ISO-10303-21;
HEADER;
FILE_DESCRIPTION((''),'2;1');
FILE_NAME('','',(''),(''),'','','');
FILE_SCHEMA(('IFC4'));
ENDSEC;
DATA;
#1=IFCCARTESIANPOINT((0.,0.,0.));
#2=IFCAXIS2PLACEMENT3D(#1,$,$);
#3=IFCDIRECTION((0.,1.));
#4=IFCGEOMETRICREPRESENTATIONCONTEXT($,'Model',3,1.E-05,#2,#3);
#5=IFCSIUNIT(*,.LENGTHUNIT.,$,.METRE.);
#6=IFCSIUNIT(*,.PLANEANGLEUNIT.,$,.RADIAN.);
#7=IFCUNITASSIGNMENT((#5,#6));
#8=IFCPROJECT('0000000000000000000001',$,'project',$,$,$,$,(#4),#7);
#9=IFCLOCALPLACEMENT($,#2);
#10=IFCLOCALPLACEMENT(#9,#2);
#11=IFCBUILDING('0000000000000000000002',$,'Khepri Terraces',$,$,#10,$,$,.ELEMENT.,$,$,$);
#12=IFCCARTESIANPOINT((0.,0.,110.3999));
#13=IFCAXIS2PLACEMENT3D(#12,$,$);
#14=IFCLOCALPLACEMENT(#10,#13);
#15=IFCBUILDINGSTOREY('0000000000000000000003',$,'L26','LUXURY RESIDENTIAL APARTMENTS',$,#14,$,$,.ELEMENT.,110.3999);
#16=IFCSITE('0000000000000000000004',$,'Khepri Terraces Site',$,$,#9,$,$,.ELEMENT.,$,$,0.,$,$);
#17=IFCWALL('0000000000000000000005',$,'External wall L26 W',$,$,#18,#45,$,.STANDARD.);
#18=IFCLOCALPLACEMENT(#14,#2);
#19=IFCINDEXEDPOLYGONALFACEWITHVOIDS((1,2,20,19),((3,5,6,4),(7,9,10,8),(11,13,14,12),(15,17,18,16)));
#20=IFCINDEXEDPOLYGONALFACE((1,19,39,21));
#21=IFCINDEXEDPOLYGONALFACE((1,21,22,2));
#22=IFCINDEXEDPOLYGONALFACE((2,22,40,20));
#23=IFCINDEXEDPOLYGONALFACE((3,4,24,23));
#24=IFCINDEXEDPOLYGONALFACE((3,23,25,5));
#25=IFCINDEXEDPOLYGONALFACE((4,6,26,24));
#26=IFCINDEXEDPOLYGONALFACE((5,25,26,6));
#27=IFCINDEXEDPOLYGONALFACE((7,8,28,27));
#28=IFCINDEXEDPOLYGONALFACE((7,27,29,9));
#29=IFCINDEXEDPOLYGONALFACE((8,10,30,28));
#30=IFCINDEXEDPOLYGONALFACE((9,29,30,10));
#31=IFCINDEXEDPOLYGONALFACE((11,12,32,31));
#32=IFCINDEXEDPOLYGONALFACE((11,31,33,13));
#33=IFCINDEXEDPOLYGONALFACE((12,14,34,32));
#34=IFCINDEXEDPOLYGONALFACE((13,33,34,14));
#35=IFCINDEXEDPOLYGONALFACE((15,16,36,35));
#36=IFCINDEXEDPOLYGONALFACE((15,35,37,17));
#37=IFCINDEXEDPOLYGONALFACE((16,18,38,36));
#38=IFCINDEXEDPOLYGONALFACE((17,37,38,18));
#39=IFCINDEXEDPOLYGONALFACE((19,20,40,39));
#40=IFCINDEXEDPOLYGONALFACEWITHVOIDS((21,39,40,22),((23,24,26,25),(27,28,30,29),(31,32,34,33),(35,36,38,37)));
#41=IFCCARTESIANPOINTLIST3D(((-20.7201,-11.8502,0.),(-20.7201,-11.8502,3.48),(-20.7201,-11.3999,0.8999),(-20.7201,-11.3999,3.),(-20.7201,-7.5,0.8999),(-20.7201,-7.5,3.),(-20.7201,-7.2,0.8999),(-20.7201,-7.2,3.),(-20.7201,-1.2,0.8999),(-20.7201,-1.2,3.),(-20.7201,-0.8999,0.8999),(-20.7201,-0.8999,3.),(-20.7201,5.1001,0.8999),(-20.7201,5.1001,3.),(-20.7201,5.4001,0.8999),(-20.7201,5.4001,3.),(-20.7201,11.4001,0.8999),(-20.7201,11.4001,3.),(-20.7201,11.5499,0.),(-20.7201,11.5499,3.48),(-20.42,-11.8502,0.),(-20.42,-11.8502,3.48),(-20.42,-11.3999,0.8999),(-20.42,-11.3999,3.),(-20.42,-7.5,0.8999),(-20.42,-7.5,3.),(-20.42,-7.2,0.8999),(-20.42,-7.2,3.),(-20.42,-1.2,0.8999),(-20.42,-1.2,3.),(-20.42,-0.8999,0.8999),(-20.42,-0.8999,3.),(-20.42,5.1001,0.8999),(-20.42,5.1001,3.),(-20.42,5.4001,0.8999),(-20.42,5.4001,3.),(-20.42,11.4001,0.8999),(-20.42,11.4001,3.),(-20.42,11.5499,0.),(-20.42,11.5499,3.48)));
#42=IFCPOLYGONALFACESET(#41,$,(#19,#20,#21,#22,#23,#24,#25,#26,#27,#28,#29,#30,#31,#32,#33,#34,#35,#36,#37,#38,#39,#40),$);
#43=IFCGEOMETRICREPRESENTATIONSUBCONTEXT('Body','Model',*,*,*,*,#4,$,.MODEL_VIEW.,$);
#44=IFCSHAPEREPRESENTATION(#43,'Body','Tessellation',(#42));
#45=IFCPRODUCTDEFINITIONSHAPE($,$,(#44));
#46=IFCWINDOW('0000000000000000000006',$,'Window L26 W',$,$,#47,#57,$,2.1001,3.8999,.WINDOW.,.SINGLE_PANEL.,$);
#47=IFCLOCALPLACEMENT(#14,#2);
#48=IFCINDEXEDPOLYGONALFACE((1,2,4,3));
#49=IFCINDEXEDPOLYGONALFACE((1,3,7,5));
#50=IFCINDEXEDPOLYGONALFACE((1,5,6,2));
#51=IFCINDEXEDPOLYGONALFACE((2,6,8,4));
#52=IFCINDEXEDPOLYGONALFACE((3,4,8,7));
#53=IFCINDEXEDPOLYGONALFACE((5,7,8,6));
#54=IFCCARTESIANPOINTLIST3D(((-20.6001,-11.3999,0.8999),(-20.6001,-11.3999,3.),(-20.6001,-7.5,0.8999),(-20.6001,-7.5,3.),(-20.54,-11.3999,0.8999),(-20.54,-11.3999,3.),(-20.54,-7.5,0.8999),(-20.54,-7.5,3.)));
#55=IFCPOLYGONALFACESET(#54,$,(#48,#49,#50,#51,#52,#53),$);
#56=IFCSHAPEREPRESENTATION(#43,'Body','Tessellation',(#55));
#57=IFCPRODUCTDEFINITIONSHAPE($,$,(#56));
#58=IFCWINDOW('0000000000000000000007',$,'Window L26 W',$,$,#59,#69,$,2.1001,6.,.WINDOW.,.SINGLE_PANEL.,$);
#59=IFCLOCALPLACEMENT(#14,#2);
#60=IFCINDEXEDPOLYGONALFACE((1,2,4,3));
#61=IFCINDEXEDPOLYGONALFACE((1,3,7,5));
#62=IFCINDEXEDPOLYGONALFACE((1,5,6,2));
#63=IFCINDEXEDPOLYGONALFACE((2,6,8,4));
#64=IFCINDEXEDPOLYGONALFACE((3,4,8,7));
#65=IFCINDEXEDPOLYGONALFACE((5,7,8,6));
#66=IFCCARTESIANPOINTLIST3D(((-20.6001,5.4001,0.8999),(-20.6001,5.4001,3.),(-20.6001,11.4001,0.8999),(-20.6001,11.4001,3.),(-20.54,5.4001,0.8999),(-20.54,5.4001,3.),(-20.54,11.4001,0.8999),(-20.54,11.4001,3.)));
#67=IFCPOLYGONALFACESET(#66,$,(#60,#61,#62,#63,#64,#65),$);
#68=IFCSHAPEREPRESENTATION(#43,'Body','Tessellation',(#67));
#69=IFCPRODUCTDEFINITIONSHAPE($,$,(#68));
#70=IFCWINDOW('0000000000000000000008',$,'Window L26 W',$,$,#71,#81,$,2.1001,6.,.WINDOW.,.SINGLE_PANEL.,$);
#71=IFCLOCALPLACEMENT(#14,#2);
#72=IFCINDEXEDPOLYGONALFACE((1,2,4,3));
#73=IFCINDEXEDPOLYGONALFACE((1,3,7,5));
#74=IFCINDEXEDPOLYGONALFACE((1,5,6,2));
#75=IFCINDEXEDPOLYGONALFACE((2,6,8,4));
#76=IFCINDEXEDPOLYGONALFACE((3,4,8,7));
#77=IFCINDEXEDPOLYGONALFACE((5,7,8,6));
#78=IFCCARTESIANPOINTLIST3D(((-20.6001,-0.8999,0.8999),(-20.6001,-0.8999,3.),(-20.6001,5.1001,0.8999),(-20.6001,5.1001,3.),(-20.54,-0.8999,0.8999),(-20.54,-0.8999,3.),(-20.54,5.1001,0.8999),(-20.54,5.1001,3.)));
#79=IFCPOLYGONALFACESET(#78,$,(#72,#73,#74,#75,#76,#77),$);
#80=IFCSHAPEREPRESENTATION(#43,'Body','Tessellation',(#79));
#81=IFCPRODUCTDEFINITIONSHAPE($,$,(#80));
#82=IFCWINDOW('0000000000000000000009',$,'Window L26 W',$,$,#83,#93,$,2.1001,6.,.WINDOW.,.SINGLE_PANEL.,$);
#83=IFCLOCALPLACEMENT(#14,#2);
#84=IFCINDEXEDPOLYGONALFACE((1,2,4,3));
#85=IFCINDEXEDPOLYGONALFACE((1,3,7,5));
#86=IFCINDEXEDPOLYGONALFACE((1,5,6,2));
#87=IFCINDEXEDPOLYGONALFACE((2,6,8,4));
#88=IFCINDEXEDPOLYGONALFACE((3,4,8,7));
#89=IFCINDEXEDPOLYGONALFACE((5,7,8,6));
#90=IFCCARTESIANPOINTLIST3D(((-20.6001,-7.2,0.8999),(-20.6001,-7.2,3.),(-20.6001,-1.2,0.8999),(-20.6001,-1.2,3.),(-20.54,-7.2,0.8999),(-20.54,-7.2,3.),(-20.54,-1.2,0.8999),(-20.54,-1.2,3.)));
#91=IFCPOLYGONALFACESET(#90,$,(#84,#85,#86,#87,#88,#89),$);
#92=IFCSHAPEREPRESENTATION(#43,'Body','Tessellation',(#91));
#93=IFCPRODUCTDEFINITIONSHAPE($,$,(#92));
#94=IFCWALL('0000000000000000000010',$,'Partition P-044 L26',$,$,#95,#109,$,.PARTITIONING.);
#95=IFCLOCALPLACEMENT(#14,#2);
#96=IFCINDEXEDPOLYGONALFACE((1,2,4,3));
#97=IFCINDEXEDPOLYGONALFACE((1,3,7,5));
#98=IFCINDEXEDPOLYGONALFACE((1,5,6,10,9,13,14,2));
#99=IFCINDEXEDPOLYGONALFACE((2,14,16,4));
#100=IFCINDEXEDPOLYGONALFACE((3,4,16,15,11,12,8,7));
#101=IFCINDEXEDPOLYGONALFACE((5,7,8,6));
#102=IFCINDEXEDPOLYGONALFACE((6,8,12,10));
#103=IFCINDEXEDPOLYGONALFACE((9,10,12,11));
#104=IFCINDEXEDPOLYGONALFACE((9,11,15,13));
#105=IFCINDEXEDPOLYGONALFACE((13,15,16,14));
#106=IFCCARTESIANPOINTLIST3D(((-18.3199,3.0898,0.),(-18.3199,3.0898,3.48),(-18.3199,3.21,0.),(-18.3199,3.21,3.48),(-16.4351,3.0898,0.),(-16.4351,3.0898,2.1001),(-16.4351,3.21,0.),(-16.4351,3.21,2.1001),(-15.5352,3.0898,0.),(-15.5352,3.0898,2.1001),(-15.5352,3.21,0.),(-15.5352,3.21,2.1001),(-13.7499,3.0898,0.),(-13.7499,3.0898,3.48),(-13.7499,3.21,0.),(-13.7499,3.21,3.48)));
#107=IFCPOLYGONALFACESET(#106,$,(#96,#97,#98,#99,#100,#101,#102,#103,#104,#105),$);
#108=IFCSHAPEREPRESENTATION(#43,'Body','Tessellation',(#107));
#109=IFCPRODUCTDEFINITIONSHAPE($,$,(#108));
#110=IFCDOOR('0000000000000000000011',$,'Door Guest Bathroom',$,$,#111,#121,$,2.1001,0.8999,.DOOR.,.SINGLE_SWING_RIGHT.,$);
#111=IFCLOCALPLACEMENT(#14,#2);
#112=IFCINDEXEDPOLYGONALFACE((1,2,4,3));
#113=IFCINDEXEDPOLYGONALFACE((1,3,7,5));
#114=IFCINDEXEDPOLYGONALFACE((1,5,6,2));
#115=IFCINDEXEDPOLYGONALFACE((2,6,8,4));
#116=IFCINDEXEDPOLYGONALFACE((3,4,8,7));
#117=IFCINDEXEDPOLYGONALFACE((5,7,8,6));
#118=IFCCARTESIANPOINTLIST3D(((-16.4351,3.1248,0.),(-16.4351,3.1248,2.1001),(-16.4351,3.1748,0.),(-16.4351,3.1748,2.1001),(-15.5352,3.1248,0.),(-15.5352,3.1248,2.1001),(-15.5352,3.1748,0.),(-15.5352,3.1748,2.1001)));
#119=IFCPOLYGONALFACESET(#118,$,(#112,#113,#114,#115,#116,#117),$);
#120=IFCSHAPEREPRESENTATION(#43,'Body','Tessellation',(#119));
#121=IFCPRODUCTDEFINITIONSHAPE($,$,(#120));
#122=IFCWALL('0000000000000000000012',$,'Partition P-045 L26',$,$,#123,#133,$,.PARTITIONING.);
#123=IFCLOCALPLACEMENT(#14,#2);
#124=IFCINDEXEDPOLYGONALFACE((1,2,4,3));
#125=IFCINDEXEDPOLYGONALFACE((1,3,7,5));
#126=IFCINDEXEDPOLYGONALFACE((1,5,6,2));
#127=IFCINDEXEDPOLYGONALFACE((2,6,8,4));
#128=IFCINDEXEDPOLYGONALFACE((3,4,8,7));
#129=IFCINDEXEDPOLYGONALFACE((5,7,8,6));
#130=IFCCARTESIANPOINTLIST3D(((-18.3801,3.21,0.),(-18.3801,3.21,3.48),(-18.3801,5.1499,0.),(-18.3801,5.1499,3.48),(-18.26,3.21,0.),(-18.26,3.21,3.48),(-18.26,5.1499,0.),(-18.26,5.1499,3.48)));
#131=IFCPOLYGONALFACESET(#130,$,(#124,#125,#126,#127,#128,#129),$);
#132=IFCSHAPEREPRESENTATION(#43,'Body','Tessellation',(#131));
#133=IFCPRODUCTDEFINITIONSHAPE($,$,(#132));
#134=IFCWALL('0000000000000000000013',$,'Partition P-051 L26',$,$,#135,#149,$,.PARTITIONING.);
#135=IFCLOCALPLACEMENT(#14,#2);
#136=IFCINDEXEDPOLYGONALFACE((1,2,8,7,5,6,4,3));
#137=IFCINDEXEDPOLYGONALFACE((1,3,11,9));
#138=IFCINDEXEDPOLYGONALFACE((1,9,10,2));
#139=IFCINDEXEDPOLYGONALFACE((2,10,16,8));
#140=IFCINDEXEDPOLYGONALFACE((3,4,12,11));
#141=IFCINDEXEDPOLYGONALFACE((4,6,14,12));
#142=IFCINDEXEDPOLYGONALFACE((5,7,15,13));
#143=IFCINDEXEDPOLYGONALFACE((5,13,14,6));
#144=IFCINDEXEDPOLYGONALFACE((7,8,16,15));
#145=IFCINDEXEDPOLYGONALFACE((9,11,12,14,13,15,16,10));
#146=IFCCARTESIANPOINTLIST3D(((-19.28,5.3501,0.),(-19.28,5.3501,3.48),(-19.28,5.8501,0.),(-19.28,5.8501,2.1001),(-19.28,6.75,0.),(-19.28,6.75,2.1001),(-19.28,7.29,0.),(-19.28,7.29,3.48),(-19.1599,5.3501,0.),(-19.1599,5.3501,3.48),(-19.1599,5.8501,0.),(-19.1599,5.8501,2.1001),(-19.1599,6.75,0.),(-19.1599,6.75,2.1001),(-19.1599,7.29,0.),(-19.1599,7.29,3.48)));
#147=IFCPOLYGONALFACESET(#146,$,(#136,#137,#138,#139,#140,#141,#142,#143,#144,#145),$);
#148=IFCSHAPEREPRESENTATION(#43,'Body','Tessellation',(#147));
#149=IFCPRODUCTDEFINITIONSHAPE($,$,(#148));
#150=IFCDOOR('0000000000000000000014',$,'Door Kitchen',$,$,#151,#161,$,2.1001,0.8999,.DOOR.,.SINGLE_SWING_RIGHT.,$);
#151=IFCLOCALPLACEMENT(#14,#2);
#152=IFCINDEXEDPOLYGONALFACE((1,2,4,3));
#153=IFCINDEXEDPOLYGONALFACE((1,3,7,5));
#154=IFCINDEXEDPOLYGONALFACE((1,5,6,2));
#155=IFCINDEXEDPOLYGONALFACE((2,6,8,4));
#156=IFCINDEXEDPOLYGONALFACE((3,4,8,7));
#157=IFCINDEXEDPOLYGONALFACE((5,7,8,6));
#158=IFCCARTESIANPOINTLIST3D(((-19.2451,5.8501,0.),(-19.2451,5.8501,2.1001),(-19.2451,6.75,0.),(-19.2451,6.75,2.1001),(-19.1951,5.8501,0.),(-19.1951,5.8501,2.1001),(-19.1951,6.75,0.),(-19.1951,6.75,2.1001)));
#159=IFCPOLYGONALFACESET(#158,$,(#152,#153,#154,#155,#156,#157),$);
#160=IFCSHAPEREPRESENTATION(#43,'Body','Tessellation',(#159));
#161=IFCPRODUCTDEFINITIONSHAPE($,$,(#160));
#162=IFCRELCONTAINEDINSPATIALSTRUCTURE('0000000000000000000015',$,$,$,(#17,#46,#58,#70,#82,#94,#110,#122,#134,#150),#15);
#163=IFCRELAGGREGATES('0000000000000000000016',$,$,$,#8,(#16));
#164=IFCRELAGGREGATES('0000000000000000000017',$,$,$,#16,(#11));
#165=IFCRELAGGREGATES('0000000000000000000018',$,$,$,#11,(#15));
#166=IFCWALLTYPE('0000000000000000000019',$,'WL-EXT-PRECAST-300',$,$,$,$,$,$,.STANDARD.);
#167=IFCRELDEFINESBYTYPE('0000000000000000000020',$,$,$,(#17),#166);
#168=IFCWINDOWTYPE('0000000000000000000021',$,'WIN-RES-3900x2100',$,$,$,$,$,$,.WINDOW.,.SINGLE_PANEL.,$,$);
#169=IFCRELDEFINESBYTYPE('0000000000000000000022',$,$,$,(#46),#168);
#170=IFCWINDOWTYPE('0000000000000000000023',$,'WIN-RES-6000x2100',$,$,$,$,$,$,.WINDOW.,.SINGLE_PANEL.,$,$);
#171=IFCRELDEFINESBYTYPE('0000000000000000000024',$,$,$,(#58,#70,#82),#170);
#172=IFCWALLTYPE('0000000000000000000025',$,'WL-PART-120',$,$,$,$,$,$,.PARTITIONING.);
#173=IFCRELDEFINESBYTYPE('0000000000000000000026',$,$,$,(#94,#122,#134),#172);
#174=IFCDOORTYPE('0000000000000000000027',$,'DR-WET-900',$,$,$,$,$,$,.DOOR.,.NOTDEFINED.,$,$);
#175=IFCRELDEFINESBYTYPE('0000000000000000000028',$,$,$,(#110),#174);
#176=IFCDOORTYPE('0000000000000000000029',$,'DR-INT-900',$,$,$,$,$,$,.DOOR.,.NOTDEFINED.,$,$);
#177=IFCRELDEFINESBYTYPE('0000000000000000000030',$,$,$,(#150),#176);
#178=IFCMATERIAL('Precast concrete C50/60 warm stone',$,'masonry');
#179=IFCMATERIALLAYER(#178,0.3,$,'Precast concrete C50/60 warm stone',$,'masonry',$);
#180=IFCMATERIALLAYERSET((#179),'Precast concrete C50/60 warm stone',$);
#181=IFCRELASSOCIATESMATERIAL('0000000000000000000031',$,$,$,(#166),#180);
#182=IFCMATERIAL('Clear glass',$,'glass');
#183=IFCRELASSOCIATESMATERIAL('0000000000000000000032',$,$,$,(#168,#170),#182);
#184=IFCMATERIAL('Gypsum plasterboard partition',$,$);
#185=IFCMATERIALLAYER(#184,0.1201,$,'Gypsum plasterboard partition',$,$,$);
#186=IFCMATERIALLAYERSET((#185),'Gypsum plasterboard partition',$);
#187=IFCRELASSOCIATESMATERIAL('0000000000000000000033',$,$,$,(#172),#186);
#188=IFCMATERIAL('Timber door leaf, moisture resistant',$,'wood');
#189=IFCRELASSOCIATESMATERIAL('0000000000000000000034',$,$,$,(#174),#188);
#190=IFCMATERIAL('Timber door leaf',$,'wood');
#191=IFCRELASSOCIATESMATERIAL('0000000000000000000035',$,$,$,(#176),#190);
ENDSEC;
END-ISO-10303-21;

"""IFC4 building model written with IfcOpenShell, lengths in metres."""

from ifc_helpers import new_model, si_unit, direction, frame, frame_2d, origin, place, context, subcontext, project, spatial, rectangle, extrude, material, layer, layer_set, type_object, element, fill, save


model = new_model("IFC4")

# Units and contexts
model_context = context("Model", 3, precision=1e-05, world=origin(), true_north=direction((0.0, 1.0)))
body_context = subcontext(model_context, "Body", "Model", "MODEL_VIEW")
ifc_project = project(units=[si_unit("LENGTHUNIT", "METRE"), si_unit("PLANEANGLEUNIT", "RADIAN")], contexts=[model_context])

# Site, building, storey
site_placement = place(None, origin())
site = spatial("IfcSite", under=ifc_project, at=site_placement, Name="Khepri Terraces Site", CompositionType="ELEMENT", RefElevation=0.0)
building_placement = place(site_placement, origin())
building = spatial("IfcBuilding", under=site, at=building_placement, Name="Khepri Terraces", CompositionType="ELEMENT")
storey_placement = place(building_placement, frame((0.0, 0.0, 110.3999)))
storey = spatial("IfcBuildingStorey", under=building, at=storey_placement, Name="L26", Description="LUXURY RESIDENTIAL APARTMENTS", CompositionType="ELEMENT", Elevation=110.3999)

# Shared definitions
ifc_material_1 = material(Name="Precast concrete C50/60 warm stone", Category="masonry")
ifc_layer_1 = layer(ifc_material_1, 0.3, Name="Precast concrete C50/60 warm stone", Category="masonry")
ifc_layer_set_1 = layer_set([ifc_layer_1], Name="Precast concrete C50/60 warm stone")
wall_type_1 = type_object("IfcWallType", Name="WL-EXT-PRECAST-300", PredefinedType="STANDARD", material=ifc_layer_set_1)

# Wall, openings, windows
wall_1_placement = place(storey_placement, frame((-20.5701, 11.55, 0.0), z_axis=(0.0, 0.0, 1.0), x_axis=(0.0, -1.0, 0.0)))
wall_1 = element("IfcWall", 1, at=wall_1_placement, inside=storey, type_object=wall_type_1, Name="External wall L26 W", PredefinedType="STANDARD", context=body_context, shape_type="SweptSolid", body=[
    extrude(rectangle(XDim=23.4001, YDim=0.3, at=frame_2d((11.7002, 0.0))), origin(), (0.0, 0.0, 1.0), 3.48),
])
opening_1_placement = place(wall_1_placement, frame((0.1499, 0.0, 0.8999)))
opening_1 = element("IfcOpeningElement", 2, at=opening_1_placement, cuts=wall_1, PredefinedType="OPENING", context=body_context, shape_type="SweptSolid", body=[
    extrude(rectangle(XDim=6.0, YDim=2.1001, at=frame_2d((3.0, 1.05))), frame((0.0, 0.1602, 0.0), z_axis=(0.0, -1.0, 0.0), x_axis=(1.0, 0.0, 0.0)), (0.0, 0.0, 1.0), 0.3201),
])
opening_2_placement = place(wall_1_placement, frame((6.45, 0.0, 0.8999)))
opening_2 = element("IfcOpeningElement", 3, at=opening_2_placement, cuts=wall_1, PredefinedType="OPENING", context=body_context, shape_type="SweptSolid", body=[
    extrude(rectangle(XDim=6.0, YDim=2.1001, at=frame_2d((3.0, 1.05))), frame((0.0, 0.1602, 0.0), z_axis=(0.0, -1.0, 0.0), x_axis=(1.0, 0.0, 0.0)), (0.0, 0.0, 1.0), 0.3201),
])
opening_3_placement = place(wall_1_placement, frame((12.75, 0.0, 0.8999)))
opening_3 = element("IfcOpeningElement", 4, at=opening_3_placement, cuts=wall_1, PredefinedType="OPENING", context=body_context, shape_type="SweptSolid", body=[
    extrude(rectangle(XDim=6.0, YDim=2.1001, at=frame_2d((3.0, 1.05))), frame((0.0, 0.1602, 0.0), z_axis=(0.0, -1.0, 0.0), x_axis=(1.0, 0.0, 0.0)), (0.0, 0.0, 1.0), 0.3201),
])
opening_4_placement = place(wall_1_placement, frame((19.05, 0.0, 0.8999)))
opening_4 = element("IfcOpeningElement", 5, at=opening_4_placement, cuts=wall_1, PredefinedType="OPENING", context=body_context, shape_type="SweptSolid", body=[
    extrude(rectangle(XDim=3.8999, YDim=2.1001, at=frame_2d((1.95, 1.05))), frame((0.0, 0.1602, 0.0), z_axis=(0.0, -1.0, 0.0), x_axis=(1.0, 0.0, 0.0)), (0.0, 0.0, 1.0), 0.3201),
])
ifc_material_2 = material(Name="Clear glass", Category="glass")
window_type_1 = type_object("IfcWindowType", Name="WIN-RES-3900x2100", PartitioningType="SINGLE_PANEL", PredefinedType="WINDOW", material=ifc_material_2)
window_1_placement = place(opening_4_placement, origin())
window_1 = element("IfcWindow", 6, at=window_1_placement, inside=storey, type_object=window_type_1, Name="Window L26 W", OverallHeight=2.1001, OverallWidth=3.8999, PartitioningType="SINGLE_PANEL", PredefinedType="WINDOW", context=body_context, shape_type="SweptSolid", body=[
    extrude(rectangle(XDim=3.8999, YDim=2.1001, at=frame_2d((1.95, 1.05))), frame((0.0, 0.03, 0.0), z_axis=(0.0, -1.0, 0.0), x_axis=(1.0, 0.0, 0.0)), (0.0, 0.0, 1.0), 0.0601),
])
fill(opening_4, window_1)
window_type_2 = type_object("IfcWindowType", Name="WIN-RES-6000x2100", PartitioningType="SINGLE_PANEL", PredefinedType="WINDOW", material=ifc_material_2)
window_2_placement = place(opening_1_placement, origin())
window_2 = element("IfcWindow", 7, at=window_2_placement, inside=storey, type_object=window_type_2, Name="Window L26 W", OverallHeight=2.1001, OverallWidth=6.0, PartitioningType="SINGLE_PANEL", PredefinedType="WINDOW", context=body_context, shape_type="SweptSolid", body=[
    extrude(rectangle(XDim=6.0, YDim=2.1001, at=frame_2d((3.0, 1.05))), frame((0.0, 0.03, 0.0), z_axis=(0.0, -1.0, 0.0), x_axis=(1.0, 0.0, 0.0)), (0.0, 0.0, 1.0), 0.0601),
])
fill(opening_1, window_2)
window_3_placement = place(opening_2_placement, origin())
window_3 = element("IfcWindow", 8, at=window_3_placement, inside=storey, type_object=window_type_2, Name="Window L26 W", OverallHeight=2.1001, OverallWidth=6.0, PartitioningType="SINGLE_PANEL", PredefinedType="WINDOW", context=body_context, shape_type="SweptSolid", body=[
    extrude(rectangle(XDim=6.0, YDim=2.1001, at=frame_2d((3.0, 1.05))), frame((0.0, 0.03, 0.0), z_axis=(0.0, -1.0, 0.0), x_axis=(1.0, 0.0, 0.0)), (0.0, 0.0, 1.0), 0.0601),
])
fill(opening_2, window_3)
window_4_placement = place(opening_3_placement, origin())
window_4 = element("IfcWindow", 9, at=window_4_placement, inside=storey, type_object=window_type_2, Name="Window L26 W", OverallHeight=2.1001, OverallWidth=6.0, PartitioningType="SINGLE_PANEL", PredefinedType="WINDOW", context=body_context, shape_type="SweptSolid", body=[
    extrude(rectangle(XDim=6.0, YDim=2.1001, at=frame_2d((3.0, 1.05))), frame((0.0, 0.03, 0.0), z_axis=(0.0, -1.0, 0.0), x_axis=(1.0, 0.0, 0.0)), (0.0, 0.0, 1.0), 0.0601),
])
fill(opening_3, window_4)

# Wall, opening, door
ifc_material_3 = material(Name="Gypsum plasterboard partition")
ifc_layer_2 = layer(ifc_material_3, 0.1201, Name="Gypsum plasterboard partition")
ifc_layer_set_2 = layer_set([ifc_layer_2], Name="Gypsum plasterboard partition")
wall_type_2 = type_object("IfcWallType", Name="WL-PART-120", PredefinedType="PARTITIONING", material=ifc_layer_set_2)
wall_2_placement = place(storey_placement, frame((-18.3201, 3.1499, 0.0), z_axis=(0.0, 0.0, 1.0), x_axis=(1.0, 0.0, 0.0)))
wall_2 = element("IfcWall", 10, at=wall_2_placement, inside=storey, type_object=wall_type_2, Name="Partition P-044 L26", PredefinedType="PARTITIONING", context=body_context, shape_type="SweptSolid", body=[
    extrude(rectangle(XDim=4.5701, YDim=0.1201, at=frame_2d((2.2852, 0.0))), origin(), (0.0, 0.0, 1.0), 3.48),
])
opening_5_placement = place(wall_2_placement, frame((1.885, 0.0, 0.0)))
opening_5 = element("IfcOpeningElement", 11, at=opening_5_placement, cuts=wall_2, PredefinedType="OPENING", context=body_context, shape_type="SweptSolid", body=[
    extrude(rectangle(XDim=0.8999, YDim=2.1001, at=frame_2d((0.45, 1.05))), frame((0.0, 0.0701, 0.0), z_axis=(0.0, -1.0, 0.0), x_axis=(1.0, 0.0, 0.0)), (0.0, 0.0, 1.0), 0.1401),
])
ifc_material_4 = material(Name="Timber door leaf, moisture resistant", Category="wood")
door_type_1 = type_object("IfcDoorType", Name="DR-WET-900", OperationType="NOTDEFINED", PredefinedType="DOOR", material=ifc_material_4)
door_1_placement = place(opening_5_placement, origin())
door_1 = element("IfcDoor", 12, at=door_1_placement, inside=storey, type_object=door_type_1, Name="Door Guest Bathroom", OperationType="SINGLE_SWING_RIGHT", OverallHeight=2.1001, OverallWidth=0.8999, PredefinedType="DOOR", context=body_context, shape_type="SweptSolid", body=[
    extrude(rectangle(XDim=0.8999, YDim=2.1001, at=frame_2d((0.45, 1.05))), frame((0.0, 0.0249, 0.0), z_axis=(0.0, -1.0, 0.0), x_axis=(1.0, 0.0, 0.0)), (0.0, 0.0, 1.0), 0.05),
])
fill(opening_5, door_1)

# Wall
wall_3_placement = place(storey_placement, frame((-18.3201, 3.21, 0.0), z_axis=(0.0, 0.0, 1.0), x_axis=(0.0, 1.0, 0.0)))
element("IfcWall", 13, at=wall_3_placement, inside=storey, type_object=wall_type_2, Name="Partition P-045 L26", PredefinedType="PARTITIONING", context=body_context, shape_type="SweptSolid", body=[
    extrude(rectangle(XDim=1.9399, YDim=0.1201, at=frame_2d((0.97, 0.0))), origin(), (0.0, 0.0, 1.0), 3.48),
])

# Wall, opening, door
wall_4_placement = place(storey_placement, frame((-19.22, 5.3501, 0.0), z_axis=(0.0, 0.0, 1.0), x_axis=(0.0, 1.0, 0.0)))
wall_4 = element("IfcWall", 14, at=wall_4_placement, inside=storey, type_object=wall_type_2, Name="Partition P-051 L26", PredefinedType="PARTITIONING", context=body_context, shape_type="SweptSolid", body=[
    extrude(rectangle(XDim=1.9399, YDim=0.1201, at=frame_2d((0.97, 0.0))), origin(), (0.0, 0.0, 1.0), 3.48),
])
opening_6_placement = place(wall_4_placement, frame((0.5, 0.0, 0.0)))
opening_6 = element("IfcOpeningElement", 15, at=opening_6_placement, cuts=wall_4, PredefinedType="OPENING", context=body_context, shape_type="SweptSolid", body=[
    extrude(rectangle(XDim=0.8999, YDim=2.1001, at=frame_2d((0.45, 1.05))), frame((0.0, 0.0701, 0.0), z_axis=(0.0, -1.0, 0.0), x_axis=(1.0, 0.0, 0.0)), (0.0, 0.0, 1.0), 0.1401),
])
ifc_material_5 = material(Name="Timber door leaf", Category="wood")
door_type_2 = type_object("IfcDoorType", Name="DR-INT-900", OperationType="NOTDEFINED", PredefinedType="DOOR", material=ifc_material_5)
door_2_placement = place(opening_6_placement, frame((0.8999, 0.0, 0.0), z_axis=(0.0, 0.0, 1.0), x_axis=(-1.0, 0.0, 0.0)))
door_2 = element("IfcDoor", 16, at=door_2_placement, inside=storey, type_object=door_type_2, Name="Door Kitchen", OperationType="SINGLE_SWING_RIGHT", OverallHeight=2.1001, OverallWidth=0.8999, PredefinedType="DOOR", context=body_context, shape_type="SweptSolid", body=[
    extrude(rectangle(XDim=0.8999, YDim=2.1001, at=frame_2d((0.45, 1.05))), frame((0.0, 0.0249, 0.0), z_axis=(0.0, -1.0, 0.0), x_axis=(1.0, 0.0, 0.0)), (0.0, 0.0, 1.0), 0.05),
])
fill(opening_6, door_2)

save(model, "model.ifc")
